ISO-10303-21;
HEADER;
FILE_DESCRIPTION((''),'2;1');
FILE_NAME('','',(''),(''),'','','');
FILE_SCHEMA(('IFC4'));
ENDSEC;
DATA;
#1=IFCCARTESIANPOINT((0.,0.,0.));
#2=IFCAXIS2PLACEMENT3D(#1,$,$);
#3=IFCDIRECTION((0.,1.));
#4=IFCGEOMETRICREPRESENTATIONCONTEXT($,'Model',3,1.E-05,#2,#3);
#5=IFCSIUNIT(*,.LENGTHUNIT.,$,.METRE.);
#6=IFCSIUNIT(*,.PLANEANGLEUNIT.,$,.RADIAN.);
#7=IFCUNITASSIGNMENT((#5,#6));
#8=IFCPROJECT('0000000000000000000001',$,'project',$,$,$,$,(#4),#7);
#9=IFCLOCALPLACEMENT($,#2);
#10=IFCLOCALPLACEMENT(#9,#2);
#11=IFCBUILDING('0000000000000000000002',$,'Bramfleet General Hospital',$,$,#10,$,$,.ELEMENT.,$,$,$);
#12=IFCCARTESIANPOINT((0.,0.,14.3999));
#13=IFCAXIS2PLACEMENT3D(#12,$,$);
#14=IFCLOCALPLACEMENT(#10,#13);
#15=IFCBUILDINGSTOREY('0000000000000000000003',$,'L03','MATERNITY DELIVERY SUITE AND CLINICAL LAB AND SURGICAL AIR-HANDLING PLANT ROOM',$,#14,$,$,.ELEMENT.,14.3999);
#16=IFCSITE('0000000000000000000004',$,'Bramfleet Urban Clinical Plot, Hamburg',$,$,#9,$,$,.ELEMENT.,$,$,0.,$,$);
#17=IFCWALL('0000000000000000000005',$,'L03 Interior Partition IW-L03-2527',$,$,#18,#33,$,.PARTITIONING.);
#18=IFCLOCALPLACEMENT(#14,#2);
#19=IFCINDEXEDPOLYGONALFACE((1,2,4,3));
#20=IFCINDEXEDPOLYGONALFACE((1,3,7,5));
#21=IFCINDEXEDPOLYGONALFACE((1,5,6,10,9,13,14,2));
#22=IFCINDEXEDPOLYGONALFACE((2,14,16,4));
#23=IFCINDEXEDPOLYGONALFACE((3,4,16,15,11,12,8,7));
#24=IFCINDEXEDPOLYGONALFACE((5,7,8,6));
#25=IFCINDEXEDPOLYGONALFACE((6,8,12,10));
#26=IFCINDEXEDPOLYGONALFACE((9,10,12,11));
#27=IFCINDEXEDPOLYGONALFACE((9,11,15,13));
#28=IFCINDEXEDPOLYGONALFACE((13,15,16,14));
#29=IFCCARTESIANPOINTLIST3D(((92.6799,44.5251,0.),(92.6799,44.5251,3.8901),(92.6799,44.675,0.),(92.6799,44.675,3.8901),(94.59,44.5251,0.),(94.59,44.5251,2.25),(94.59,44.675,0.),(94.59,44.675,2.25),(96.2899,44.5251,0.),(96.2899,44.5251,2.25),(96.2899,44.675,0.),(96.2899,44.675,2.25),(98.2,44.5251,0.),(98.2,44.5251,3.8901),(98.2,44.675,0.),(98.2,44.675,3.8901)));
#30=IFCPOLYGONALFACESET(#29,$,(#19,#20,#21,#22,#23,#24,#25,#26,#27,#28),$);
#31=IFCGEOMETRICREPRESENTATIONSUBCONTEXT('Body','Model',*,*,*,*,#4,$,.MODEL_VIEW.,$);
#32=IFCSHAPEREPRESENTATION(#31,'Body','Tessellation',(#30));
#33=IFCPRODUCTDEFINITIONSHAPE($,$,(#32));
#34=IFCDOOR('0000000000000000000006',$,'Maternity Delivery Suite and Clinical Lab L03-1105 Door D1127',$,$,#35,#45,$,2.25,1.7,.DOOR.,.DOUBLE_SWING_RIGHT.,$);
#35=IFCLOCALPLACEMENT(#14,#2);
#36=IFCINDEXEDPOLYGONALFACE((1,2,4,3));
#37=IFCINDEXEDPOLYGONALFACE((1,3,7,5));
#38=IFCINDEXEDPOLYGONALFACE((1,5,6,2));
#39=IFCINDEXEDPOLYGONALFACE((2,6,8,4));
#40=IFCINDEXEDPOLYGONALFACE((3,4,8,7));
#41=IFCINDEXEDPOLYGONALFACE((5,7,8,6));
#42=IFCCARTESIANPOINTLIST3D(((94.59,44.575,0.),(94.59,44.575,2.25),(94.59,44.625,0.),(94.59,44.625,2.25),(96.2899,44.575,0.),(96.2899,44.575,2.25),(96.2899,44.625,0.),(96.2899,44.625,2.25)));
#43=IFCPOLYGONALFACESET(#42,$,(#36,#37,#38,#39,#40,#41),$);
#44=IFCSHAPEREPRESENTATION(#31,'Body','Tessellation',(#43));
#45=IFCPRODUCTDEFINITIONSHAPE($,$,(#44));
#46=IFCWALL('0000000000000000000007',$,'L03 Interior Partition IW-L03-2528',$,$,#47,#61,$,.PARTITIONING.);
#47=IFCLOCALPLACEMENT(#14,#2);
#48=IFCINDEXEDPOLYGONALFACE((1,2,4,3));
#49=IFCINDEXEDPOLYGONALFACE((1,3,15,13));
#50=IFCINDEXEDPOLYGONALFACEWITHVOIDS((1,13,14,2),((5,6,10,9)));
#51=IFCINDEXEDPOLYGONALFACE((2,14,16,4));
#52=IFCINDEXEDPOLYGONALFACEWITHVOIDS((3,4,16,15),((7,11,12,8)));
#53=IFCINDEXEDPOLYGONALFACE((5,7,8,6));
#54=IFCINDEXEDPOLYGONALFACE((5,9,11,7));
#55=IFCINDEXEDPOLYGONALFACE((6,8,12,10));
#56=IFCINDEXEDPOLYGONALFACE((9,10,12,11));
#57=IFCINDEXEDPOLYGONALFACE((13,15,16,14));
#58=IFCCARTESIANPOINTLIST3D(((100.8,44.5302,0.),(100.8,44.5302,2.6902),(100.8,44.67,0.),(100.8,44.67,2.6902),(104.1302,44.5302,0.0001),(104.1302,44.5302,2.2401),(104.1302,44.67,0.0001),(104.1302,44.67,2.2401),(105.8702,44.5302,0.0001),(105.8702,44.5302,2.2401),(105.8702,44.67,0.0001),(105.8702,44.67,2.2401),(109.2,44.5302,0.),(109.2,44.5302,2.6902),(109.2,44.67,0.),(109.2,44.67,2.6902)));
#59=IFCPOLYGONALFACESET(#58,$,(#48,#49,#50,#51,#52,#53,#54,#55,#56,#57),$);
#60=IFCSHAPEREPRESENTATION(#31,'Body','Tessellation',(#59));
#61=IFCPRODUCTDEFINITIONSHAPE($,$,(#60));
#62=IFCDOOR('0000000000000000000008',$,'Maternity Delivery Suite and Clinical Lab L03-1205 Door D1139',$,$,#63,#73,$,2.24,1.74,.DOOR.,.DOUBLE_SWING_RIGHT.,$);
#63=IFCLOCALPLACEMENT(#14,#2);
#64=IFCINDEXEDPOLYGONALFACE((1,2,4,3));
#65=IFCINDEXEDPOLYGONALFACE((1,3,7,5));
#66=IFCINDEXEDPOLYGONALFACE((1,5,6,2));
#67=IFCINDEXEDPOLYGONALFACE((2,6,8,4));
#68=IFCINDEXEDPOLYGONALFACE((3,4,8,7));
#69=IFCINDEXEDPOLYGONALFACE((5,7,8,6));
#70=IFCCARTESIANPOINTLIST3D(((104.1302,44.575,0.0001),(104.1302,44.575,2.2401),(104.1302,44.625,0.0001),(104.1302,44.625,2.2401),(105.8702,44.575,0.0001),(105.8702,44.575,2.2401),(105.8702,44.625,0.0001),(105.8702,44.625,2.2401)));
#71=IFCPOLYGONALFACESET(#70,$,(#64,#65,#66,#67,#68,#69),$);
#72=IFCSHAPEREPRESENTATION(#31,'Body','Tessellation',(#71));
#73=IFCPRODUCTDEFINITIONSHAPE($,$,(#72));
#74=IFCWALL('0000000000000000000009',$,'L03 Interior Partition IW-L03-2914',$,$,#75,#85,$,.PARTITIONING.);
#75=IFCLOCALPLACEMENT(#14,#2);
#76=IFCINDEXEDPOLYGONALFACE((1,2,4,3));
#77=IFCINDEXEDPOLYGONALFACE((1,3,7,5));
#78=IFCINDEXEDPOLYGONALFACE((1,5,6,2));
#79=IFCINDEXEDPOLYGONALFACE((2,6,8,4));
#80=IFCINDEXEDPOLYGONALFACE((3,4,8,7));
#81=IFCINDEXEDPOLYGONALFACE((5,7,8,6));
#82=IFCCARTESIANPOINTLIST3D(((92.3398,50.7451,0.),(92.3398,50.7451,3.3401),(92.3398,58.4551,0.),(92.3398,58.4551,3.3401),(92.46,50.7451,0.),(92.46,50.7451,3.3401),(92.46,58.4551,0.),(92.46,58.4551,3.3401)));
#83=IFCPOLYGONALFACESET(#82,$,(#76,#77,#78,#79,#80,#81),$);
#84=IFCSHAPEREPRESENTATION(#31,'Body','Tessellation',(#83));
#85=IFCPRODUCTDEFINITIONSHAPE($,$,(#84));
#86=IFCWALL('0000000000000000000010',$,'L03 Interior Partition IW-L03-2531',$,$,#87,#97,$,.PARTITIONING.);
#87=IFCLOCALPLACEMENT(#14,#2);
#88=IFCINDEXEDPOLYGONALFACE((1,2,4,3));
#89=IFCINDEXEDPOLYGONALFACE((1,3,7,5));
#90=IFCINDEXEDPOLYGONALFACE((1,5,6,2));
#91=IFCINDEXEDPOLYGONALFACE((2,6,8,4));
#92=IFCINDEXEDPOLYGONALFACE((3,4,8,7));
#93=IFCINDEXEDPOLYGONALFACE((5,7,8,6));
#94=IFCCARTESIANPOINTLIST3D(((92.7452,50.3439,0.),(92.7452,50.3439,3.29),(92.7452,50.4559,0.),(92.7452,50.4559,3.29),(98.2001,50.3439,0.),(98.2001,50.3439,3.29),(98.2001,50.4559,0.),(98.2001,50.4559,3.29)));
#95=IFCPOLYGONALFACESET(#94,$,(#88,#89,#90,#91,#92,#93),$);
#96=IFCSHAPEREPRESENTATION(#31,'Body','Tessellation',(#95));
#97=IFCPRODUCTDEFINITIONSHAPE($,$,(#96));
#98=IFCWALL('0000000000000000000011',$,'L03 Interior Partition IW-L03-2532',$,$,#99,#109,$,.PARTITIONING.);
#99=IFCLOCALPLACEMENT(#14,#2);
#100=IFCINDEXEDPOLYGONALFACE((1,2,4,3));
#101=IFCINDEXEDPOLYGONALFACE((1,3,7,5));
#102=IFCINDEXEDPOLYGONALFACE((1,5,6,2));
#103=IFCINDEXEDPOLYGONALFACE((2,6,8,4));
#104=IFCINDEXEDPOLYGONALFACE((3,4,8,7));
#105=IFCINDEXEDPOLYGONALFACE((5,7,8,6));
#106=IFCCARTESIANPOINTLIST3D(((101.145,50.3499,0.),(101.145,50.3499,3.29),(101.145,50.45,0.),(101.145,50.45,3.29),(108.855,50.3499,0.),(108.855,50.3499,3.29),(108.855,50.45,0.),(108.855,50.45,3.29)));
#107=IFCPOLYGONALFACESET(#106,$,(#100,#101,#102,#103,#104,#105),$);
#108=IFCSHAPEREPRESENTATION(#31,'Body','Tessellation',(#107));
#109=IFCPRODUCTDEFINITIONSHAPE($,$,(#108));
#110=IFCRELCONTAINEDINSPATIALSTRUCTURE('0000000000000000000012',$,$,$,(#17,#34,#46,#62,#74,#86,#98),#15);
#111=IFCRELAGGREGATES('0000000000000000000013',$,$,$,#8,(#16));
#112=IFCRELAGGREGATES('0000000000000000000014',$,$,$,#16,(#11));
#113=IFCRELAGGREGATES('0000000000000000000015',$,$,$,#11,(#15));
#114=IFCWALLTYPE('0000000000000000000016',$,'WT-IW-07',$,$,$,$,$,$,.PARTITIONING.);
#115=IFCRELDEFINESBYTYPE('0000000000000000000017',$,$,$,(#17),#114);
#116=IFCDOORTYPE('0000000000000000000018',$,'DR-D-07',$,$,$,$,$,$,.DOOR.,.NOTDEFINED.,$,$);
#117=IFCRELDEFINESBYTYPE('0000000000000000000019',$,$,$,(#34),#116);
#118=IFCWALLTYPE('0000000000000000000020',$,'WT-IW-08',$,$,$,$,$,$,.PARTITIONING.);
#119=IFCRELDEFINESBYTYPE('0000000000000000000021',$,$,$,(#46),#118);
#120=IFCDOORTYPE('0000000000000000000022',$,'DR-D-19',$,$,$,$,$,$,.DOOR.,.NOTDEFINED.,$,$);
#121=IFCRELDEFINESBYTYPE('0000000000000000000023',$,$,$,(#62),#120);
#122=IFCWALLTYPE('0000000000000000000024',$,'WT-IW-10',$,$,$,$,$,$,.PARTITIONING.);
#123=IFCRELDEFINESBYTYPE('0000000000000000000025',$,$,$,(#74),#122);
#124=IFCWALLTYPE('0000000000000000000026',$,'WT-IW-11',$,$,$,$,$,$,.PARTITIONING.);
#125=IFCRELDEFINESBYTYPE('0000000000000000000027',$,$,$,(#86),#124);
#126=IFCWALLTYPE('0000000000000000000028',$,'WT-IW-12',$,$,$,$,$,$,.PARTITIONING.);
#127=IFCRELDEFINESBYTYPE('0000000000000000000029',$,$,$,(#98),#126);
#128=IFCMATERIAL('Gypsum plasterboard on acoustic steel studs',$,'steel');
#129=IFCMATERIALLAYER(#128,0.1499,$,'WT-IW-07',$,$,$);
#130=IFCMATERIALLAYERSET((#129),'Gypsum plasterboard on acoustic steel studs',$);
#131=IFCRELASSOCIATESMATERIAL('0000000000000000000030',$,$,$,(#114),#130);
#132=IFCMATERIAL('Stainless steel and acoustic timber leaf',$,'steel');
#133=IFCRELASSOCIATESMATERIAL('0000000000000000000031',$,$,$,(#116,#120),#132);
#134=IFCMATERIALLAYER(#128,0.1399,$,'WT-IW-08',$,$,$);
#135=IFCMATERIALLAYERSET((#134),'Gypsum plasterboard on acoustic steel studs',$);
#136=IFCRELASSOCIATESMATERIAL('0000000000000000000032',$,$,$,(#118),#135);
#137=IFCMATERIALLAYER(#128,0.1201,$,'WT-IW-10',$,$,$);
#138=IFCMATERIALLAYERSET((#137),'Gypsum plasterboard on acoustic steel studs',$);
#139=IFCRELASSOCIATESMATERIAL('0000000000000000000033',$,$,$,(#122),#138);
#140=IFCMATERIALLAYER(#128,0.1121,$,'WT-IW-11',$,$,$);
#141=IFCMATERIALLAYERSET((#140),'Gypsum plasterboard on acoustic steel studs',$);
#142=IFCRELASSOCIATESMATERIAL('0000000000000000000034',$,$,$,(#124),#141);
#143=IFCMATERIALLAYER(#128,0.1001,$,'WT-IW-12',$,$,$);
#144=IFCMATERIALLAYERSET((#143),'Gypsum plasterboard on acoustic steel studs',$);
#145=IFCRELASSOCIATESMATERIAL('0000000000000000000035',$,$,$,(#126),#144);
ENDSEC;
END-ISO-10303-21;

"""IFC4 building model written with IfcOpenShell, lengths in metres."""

from ifc_helpers import new_model, si_unit, direction, frame, frame_2d, origin, place, context, subcontext, project, spatial, rectangle, extrude, material, layer, layer_set, type_object, element, fill, save


model = new_model("IFC4")

# Units and contexts
model_context = context("Model", 3, precision=1e-05, world=origin(), true_north=direction((0.0, 1.0)))
body_context = subcontext(model_context, "Body", "Model", "MODEL_VIEW")
ifc_project = project(units=[si_unit("LENGTHUNIT", "METRE"), si_unit("PLANEANGLEUNIT", "RADIAN")], contexts=[model_context])

# Site, building, storey
site_placement = place(None, origin())
site = spatial("IfcSite", under=ifc_project, at=site_placement, Name="Bramfleet Urban Clinical Plot, Hamburg", CompositionType="ELEMENT", RefElevation=0.0)
building_placement = place(site_placement, origin())
building = spatial("IfcBuilding", under=site, at=building_placement, Name="Bramfleet General Hospital", CompositionType="ELEMENT")
storey_placement = place(building_placement, frame((0.0, 0.0, 14.3999)))
storey = spatial("IfcBuildingStorey", under=building, at=storey_placement, Name="L03", Description="MATERNITY DELIVERY SUITE AND CLINICAL LAB AND SURGICAL AIR-HANDLING PLANT ROOM", CompositionType="ELEMENT", Elevation=14.3999)

# Shared definitions
ifc_material_1 = material(Name="Stainless steel and acoustic timber leaf", Category="steel")

# Walls, openings, doors
ifc_material_2 = material(Name="Gypsum plasterboard on acoustic steel studs", Category="steel")
ifc_layer_1 = layer(ifc_material_2, 0.1499, Name="WT-IW-07")
ifc_layer_set_1 = layer_set([ifc_layer_1], Name="Gypsum plasterboard on acoustic steel studs")
wall_type_1 = type_object("IfcWallType", Name="WT-IW-07", PredefinedType="PARTITIONING", material=ifc_layer_set_1)
wall_1_placement = place(storey_placement, frame((92.6799, 44.6001, 0.0), z_axis=(0.0, 0.0, 1.0), x_axis=(1.0, 0.0, 0.0)))
wall_1 = element("IfcWall", 1, at=wall_1_placement, inside=storey, type_object=wall_type_1, Name="L03 Interior Partition IW-L03-2527", PredefinedType="PARTITIONING", context=body_context, shape_type="SweptSolid", body=[
    extrude(rectangle(XDim=5.52, YDim=0.1499, at=frame_2d((2.76, 0.0))), origin(), (0.0, 0.0, 1.0), 3.8901),
])
opening_1_placement = place(wall_1_placement, frame((1.9099, 0.0, 0.0)))
opening_1 = element("IfcOpeningElement", 2, at=opening_1_placement, cuts=wall_1, PredefinedType="OPENING", context=body_context, shape_type="SweptSolid", body=[
    extrude(rectangle(XDim=1.7, YDim=2.25, at=frame_2d((0.8501, 1.125))), frame((0.0, 0.085, 0.0), z_axis=(0.0, -1.0, 0.0), x_axis=(1.0, 0.0, 0.0)), (0.0, 0.0, 1.0), 0.1699),
])
door_type_1 = type_object("IfcDoorType", Name="DR-D-07", OperationType="NOTDEFINED", PredefinedType="DOOR", material=ifc_material_1)
door_1_placement = place(opening_1_placement, origin())
door_1 = element("IfcDoor", 3, at=door_1_placement, inside=storey, type_object=door_type_1, Name="Maternity Delivery Suite and Clinical Lab L03-1105 Door D1127", OperationType="DOUBLE_SWING_RIGHT", OverallHeight=2.25, OverallWidth=1.7, PredefinedType="DOOR", context=body_context, shape_type="SweptSolid", body=[
    extrude(rectangle(XDim=1.7, YDim=2.25, at=frame_2d((0.8501, 1.125))), frame((0.0, 0.0249, 0.0), z_axis=(0.0, -1.0, 0.0), x_axis=(1.0, 0.0, 0.0)), (0.0, 0.0, 1.0), 0.05),
])
fill(opening_1, door_1)
ifc_layer_2 = layer(ifc_material_2, 0.1399, Name="WT-IW-08")
ifc_layer_set_2 = layer_set([ifc_layer_2], Name="Gypsum plasterboard on acoustic steel studs")
wall_type_2 = type_object("IfcWallType", Name="WT-IW-08", PredefinedType="PARTITIONING", material=ifc_layer_set_2)
wall_2_placement = place(storey_placement, frame((100.8, 44.6001, 0.0), z_axis=(0.0, 0.0, 1.0), x_axis=(1.0, 0.0, 0.0)))
wall_2 = element("IfcWall", 4, at=wall_2_placement, inside=storey, type_object=wall_type_2, Name="L03 Interior Partition IW-L03-2528", PredefinedType="PARTITIONING", context=body_context, shape_type="SweptSolid", body=[
    extrude(rectangle(XDim=8.3999, YDim=0.1399, at=frame_2d((4.2, 0.0))), origin(), (0.0, 0.0, 1.0), 2.6902),
])
opening_2_placement = place(wall_2_placement, frame((3.3301, 0.0, 0.0)))
opening_2 = element("IfcOpeningElement", 5, at=opening_2_placement, cuts=wall_2, PredefinedType="OPENING", context=body_context, shape_type="SweptSolid", body=[
    extrude(rectangle(XDim=1.74, YDim=2.24, at=frame_2d((0.8701, 1.1201))), frame((0.0, 0.0798, 0.0), z_axis=(0.0, -1.0, 0.0), x_axis=(1.0, 0.0, 0.0)), (0.0, 0.0, 1.0), 0.1599),
])
door_type_2 = type_object("IfcDoorType", Name="DR-D-19", OperationType="NOTDEFINED", PredefinedType="DOOR", material=ifc_material_1)
door_2_placement = place(opening_2_placement, origin())
door_2 = element("IfcDoor", 6, at=door_2_placement, inside=storey, type_object=door_type_2, Name="Maternity Delivery Suite and Clinical Lab L03-1205 Door D1139", OperationType="DOUBLE_SWING_RIGHT", OverallHeight=2.24, OverallWidth=1.74, PredefinedType="DOOR", context=body_context, shape_type="SweptSolid", body=[
    extrude(rectangle(XDim=1.74, YDim=2.24, at=frame_2d((0.8701, 1.1201))), frame((0.0, 0.0249, 0.0), z_axis=(0.0, -1.0, 0.0), x_axis=(1.0, 0.0, 0.0)), (0.0, 0.0, 1.0), 0.05),
])
fill(opening_2, door_2)

# Walls
ifc_layer_3 = layer(ifc_material_2, 0.1201, Name="WT-IW-10")
ifc_layer_set_3 = layer_set([ifc_layer_3], Name="Gypsum plasterboard on acoustic steel studs")
wall_type_3 = type_object("IfcWallType", Name="WT-IW-10", PredefinedType="PARTITIONING", material=ifc_layer_set_3)
wall_3_placement = place(storey_placement, frame((92.3999, 50.7451, 0.0), z_axis=(0.0, 0.0, 1.0), x_axis=(0.0, 1.0, 0.0)))
element("IfcWall", 7, at=wall_3_placement, inside=storey, type_object=wall_type_3, Name="L03 Interior Partition IW-L03-2914", PredefinedType="PARTITIONING", context=body_context, shape_type="SweptSolid", body=[
    extrude(rectangle(XDim=7.71, YDim=0.1201, at=frame_2d((3.855, 0.0))), origin(), (0.0, 0.0, 1.0), 3.3401),
])
ifc_layer_4 = layer(ifc_material_2, 0.1121, Name="WT-IW-11")
ifc_layer_set_4 = layer_set([ifc_layer_4], Name="Gypsum plasterboard on acoustic steel studs")
wall_type_4 = type_object("IfcWallType", Name="WT-IW-11", PredefinedType="PARTITIONING", material=ifc_layer_set_4)
wall_4_placement = place(storey_placement, frame((92.7451, 50.3999, 0.0), z_axis=(0.0, 0.0, 1.0), x_axis=(1.0, 0.0, 0.0)))
element("IfcWall", 8, at=wall_4_placement, inside=storey, type_object=wall_type_4, Name="L03 Interior Partition IW-L03-2531", PredefinedType="PARTITIONING", context=body_context, shape_type="SweptSolid", body=[
    extrude(rectangle(XDim=5.4548, YDim=0.1121, at=frame_2d((2.7275, 0.0))), origin(), (0.0, 0.0, 1.0), 3.29),
])
ifc_layer_5 = layer(ifc_material_2, 0.1001, Name="WT-IW-12")
ifc_layer_set_5 = layer_set([ifc_layer_5], Name="Gypsum plasterboard on acoustic steel studs")
wall_type_5 = type_object("IfcWallType", Name="WT-IW-12", PredefinedType="PARTITIONING", material=ifc_layer_set_5)
wall_5_placement = place(storey_placement, frame((101.145, 50.3999, 0.0), z_axis=(0.0, 0.0, 1.0), x_axis=(1.0, 0.0, 0.0)))
element("IfcWall", 9, at=wall_5_placement, inside=storey, type_object=wall_type_5, Name="L03 Interior Partition IW-L03-2532", PredefinedType="PARTITIONING", context=body_context, shape_type="SweptSolid", body=[
    extrude(rectangle(XDim=7.71, YDim=0.1001, at=frame_2d((3.855, 0.0))), origin(), (0.0, 0.0, 1.0), 3.29),
])

save(model, "model.ifc")
